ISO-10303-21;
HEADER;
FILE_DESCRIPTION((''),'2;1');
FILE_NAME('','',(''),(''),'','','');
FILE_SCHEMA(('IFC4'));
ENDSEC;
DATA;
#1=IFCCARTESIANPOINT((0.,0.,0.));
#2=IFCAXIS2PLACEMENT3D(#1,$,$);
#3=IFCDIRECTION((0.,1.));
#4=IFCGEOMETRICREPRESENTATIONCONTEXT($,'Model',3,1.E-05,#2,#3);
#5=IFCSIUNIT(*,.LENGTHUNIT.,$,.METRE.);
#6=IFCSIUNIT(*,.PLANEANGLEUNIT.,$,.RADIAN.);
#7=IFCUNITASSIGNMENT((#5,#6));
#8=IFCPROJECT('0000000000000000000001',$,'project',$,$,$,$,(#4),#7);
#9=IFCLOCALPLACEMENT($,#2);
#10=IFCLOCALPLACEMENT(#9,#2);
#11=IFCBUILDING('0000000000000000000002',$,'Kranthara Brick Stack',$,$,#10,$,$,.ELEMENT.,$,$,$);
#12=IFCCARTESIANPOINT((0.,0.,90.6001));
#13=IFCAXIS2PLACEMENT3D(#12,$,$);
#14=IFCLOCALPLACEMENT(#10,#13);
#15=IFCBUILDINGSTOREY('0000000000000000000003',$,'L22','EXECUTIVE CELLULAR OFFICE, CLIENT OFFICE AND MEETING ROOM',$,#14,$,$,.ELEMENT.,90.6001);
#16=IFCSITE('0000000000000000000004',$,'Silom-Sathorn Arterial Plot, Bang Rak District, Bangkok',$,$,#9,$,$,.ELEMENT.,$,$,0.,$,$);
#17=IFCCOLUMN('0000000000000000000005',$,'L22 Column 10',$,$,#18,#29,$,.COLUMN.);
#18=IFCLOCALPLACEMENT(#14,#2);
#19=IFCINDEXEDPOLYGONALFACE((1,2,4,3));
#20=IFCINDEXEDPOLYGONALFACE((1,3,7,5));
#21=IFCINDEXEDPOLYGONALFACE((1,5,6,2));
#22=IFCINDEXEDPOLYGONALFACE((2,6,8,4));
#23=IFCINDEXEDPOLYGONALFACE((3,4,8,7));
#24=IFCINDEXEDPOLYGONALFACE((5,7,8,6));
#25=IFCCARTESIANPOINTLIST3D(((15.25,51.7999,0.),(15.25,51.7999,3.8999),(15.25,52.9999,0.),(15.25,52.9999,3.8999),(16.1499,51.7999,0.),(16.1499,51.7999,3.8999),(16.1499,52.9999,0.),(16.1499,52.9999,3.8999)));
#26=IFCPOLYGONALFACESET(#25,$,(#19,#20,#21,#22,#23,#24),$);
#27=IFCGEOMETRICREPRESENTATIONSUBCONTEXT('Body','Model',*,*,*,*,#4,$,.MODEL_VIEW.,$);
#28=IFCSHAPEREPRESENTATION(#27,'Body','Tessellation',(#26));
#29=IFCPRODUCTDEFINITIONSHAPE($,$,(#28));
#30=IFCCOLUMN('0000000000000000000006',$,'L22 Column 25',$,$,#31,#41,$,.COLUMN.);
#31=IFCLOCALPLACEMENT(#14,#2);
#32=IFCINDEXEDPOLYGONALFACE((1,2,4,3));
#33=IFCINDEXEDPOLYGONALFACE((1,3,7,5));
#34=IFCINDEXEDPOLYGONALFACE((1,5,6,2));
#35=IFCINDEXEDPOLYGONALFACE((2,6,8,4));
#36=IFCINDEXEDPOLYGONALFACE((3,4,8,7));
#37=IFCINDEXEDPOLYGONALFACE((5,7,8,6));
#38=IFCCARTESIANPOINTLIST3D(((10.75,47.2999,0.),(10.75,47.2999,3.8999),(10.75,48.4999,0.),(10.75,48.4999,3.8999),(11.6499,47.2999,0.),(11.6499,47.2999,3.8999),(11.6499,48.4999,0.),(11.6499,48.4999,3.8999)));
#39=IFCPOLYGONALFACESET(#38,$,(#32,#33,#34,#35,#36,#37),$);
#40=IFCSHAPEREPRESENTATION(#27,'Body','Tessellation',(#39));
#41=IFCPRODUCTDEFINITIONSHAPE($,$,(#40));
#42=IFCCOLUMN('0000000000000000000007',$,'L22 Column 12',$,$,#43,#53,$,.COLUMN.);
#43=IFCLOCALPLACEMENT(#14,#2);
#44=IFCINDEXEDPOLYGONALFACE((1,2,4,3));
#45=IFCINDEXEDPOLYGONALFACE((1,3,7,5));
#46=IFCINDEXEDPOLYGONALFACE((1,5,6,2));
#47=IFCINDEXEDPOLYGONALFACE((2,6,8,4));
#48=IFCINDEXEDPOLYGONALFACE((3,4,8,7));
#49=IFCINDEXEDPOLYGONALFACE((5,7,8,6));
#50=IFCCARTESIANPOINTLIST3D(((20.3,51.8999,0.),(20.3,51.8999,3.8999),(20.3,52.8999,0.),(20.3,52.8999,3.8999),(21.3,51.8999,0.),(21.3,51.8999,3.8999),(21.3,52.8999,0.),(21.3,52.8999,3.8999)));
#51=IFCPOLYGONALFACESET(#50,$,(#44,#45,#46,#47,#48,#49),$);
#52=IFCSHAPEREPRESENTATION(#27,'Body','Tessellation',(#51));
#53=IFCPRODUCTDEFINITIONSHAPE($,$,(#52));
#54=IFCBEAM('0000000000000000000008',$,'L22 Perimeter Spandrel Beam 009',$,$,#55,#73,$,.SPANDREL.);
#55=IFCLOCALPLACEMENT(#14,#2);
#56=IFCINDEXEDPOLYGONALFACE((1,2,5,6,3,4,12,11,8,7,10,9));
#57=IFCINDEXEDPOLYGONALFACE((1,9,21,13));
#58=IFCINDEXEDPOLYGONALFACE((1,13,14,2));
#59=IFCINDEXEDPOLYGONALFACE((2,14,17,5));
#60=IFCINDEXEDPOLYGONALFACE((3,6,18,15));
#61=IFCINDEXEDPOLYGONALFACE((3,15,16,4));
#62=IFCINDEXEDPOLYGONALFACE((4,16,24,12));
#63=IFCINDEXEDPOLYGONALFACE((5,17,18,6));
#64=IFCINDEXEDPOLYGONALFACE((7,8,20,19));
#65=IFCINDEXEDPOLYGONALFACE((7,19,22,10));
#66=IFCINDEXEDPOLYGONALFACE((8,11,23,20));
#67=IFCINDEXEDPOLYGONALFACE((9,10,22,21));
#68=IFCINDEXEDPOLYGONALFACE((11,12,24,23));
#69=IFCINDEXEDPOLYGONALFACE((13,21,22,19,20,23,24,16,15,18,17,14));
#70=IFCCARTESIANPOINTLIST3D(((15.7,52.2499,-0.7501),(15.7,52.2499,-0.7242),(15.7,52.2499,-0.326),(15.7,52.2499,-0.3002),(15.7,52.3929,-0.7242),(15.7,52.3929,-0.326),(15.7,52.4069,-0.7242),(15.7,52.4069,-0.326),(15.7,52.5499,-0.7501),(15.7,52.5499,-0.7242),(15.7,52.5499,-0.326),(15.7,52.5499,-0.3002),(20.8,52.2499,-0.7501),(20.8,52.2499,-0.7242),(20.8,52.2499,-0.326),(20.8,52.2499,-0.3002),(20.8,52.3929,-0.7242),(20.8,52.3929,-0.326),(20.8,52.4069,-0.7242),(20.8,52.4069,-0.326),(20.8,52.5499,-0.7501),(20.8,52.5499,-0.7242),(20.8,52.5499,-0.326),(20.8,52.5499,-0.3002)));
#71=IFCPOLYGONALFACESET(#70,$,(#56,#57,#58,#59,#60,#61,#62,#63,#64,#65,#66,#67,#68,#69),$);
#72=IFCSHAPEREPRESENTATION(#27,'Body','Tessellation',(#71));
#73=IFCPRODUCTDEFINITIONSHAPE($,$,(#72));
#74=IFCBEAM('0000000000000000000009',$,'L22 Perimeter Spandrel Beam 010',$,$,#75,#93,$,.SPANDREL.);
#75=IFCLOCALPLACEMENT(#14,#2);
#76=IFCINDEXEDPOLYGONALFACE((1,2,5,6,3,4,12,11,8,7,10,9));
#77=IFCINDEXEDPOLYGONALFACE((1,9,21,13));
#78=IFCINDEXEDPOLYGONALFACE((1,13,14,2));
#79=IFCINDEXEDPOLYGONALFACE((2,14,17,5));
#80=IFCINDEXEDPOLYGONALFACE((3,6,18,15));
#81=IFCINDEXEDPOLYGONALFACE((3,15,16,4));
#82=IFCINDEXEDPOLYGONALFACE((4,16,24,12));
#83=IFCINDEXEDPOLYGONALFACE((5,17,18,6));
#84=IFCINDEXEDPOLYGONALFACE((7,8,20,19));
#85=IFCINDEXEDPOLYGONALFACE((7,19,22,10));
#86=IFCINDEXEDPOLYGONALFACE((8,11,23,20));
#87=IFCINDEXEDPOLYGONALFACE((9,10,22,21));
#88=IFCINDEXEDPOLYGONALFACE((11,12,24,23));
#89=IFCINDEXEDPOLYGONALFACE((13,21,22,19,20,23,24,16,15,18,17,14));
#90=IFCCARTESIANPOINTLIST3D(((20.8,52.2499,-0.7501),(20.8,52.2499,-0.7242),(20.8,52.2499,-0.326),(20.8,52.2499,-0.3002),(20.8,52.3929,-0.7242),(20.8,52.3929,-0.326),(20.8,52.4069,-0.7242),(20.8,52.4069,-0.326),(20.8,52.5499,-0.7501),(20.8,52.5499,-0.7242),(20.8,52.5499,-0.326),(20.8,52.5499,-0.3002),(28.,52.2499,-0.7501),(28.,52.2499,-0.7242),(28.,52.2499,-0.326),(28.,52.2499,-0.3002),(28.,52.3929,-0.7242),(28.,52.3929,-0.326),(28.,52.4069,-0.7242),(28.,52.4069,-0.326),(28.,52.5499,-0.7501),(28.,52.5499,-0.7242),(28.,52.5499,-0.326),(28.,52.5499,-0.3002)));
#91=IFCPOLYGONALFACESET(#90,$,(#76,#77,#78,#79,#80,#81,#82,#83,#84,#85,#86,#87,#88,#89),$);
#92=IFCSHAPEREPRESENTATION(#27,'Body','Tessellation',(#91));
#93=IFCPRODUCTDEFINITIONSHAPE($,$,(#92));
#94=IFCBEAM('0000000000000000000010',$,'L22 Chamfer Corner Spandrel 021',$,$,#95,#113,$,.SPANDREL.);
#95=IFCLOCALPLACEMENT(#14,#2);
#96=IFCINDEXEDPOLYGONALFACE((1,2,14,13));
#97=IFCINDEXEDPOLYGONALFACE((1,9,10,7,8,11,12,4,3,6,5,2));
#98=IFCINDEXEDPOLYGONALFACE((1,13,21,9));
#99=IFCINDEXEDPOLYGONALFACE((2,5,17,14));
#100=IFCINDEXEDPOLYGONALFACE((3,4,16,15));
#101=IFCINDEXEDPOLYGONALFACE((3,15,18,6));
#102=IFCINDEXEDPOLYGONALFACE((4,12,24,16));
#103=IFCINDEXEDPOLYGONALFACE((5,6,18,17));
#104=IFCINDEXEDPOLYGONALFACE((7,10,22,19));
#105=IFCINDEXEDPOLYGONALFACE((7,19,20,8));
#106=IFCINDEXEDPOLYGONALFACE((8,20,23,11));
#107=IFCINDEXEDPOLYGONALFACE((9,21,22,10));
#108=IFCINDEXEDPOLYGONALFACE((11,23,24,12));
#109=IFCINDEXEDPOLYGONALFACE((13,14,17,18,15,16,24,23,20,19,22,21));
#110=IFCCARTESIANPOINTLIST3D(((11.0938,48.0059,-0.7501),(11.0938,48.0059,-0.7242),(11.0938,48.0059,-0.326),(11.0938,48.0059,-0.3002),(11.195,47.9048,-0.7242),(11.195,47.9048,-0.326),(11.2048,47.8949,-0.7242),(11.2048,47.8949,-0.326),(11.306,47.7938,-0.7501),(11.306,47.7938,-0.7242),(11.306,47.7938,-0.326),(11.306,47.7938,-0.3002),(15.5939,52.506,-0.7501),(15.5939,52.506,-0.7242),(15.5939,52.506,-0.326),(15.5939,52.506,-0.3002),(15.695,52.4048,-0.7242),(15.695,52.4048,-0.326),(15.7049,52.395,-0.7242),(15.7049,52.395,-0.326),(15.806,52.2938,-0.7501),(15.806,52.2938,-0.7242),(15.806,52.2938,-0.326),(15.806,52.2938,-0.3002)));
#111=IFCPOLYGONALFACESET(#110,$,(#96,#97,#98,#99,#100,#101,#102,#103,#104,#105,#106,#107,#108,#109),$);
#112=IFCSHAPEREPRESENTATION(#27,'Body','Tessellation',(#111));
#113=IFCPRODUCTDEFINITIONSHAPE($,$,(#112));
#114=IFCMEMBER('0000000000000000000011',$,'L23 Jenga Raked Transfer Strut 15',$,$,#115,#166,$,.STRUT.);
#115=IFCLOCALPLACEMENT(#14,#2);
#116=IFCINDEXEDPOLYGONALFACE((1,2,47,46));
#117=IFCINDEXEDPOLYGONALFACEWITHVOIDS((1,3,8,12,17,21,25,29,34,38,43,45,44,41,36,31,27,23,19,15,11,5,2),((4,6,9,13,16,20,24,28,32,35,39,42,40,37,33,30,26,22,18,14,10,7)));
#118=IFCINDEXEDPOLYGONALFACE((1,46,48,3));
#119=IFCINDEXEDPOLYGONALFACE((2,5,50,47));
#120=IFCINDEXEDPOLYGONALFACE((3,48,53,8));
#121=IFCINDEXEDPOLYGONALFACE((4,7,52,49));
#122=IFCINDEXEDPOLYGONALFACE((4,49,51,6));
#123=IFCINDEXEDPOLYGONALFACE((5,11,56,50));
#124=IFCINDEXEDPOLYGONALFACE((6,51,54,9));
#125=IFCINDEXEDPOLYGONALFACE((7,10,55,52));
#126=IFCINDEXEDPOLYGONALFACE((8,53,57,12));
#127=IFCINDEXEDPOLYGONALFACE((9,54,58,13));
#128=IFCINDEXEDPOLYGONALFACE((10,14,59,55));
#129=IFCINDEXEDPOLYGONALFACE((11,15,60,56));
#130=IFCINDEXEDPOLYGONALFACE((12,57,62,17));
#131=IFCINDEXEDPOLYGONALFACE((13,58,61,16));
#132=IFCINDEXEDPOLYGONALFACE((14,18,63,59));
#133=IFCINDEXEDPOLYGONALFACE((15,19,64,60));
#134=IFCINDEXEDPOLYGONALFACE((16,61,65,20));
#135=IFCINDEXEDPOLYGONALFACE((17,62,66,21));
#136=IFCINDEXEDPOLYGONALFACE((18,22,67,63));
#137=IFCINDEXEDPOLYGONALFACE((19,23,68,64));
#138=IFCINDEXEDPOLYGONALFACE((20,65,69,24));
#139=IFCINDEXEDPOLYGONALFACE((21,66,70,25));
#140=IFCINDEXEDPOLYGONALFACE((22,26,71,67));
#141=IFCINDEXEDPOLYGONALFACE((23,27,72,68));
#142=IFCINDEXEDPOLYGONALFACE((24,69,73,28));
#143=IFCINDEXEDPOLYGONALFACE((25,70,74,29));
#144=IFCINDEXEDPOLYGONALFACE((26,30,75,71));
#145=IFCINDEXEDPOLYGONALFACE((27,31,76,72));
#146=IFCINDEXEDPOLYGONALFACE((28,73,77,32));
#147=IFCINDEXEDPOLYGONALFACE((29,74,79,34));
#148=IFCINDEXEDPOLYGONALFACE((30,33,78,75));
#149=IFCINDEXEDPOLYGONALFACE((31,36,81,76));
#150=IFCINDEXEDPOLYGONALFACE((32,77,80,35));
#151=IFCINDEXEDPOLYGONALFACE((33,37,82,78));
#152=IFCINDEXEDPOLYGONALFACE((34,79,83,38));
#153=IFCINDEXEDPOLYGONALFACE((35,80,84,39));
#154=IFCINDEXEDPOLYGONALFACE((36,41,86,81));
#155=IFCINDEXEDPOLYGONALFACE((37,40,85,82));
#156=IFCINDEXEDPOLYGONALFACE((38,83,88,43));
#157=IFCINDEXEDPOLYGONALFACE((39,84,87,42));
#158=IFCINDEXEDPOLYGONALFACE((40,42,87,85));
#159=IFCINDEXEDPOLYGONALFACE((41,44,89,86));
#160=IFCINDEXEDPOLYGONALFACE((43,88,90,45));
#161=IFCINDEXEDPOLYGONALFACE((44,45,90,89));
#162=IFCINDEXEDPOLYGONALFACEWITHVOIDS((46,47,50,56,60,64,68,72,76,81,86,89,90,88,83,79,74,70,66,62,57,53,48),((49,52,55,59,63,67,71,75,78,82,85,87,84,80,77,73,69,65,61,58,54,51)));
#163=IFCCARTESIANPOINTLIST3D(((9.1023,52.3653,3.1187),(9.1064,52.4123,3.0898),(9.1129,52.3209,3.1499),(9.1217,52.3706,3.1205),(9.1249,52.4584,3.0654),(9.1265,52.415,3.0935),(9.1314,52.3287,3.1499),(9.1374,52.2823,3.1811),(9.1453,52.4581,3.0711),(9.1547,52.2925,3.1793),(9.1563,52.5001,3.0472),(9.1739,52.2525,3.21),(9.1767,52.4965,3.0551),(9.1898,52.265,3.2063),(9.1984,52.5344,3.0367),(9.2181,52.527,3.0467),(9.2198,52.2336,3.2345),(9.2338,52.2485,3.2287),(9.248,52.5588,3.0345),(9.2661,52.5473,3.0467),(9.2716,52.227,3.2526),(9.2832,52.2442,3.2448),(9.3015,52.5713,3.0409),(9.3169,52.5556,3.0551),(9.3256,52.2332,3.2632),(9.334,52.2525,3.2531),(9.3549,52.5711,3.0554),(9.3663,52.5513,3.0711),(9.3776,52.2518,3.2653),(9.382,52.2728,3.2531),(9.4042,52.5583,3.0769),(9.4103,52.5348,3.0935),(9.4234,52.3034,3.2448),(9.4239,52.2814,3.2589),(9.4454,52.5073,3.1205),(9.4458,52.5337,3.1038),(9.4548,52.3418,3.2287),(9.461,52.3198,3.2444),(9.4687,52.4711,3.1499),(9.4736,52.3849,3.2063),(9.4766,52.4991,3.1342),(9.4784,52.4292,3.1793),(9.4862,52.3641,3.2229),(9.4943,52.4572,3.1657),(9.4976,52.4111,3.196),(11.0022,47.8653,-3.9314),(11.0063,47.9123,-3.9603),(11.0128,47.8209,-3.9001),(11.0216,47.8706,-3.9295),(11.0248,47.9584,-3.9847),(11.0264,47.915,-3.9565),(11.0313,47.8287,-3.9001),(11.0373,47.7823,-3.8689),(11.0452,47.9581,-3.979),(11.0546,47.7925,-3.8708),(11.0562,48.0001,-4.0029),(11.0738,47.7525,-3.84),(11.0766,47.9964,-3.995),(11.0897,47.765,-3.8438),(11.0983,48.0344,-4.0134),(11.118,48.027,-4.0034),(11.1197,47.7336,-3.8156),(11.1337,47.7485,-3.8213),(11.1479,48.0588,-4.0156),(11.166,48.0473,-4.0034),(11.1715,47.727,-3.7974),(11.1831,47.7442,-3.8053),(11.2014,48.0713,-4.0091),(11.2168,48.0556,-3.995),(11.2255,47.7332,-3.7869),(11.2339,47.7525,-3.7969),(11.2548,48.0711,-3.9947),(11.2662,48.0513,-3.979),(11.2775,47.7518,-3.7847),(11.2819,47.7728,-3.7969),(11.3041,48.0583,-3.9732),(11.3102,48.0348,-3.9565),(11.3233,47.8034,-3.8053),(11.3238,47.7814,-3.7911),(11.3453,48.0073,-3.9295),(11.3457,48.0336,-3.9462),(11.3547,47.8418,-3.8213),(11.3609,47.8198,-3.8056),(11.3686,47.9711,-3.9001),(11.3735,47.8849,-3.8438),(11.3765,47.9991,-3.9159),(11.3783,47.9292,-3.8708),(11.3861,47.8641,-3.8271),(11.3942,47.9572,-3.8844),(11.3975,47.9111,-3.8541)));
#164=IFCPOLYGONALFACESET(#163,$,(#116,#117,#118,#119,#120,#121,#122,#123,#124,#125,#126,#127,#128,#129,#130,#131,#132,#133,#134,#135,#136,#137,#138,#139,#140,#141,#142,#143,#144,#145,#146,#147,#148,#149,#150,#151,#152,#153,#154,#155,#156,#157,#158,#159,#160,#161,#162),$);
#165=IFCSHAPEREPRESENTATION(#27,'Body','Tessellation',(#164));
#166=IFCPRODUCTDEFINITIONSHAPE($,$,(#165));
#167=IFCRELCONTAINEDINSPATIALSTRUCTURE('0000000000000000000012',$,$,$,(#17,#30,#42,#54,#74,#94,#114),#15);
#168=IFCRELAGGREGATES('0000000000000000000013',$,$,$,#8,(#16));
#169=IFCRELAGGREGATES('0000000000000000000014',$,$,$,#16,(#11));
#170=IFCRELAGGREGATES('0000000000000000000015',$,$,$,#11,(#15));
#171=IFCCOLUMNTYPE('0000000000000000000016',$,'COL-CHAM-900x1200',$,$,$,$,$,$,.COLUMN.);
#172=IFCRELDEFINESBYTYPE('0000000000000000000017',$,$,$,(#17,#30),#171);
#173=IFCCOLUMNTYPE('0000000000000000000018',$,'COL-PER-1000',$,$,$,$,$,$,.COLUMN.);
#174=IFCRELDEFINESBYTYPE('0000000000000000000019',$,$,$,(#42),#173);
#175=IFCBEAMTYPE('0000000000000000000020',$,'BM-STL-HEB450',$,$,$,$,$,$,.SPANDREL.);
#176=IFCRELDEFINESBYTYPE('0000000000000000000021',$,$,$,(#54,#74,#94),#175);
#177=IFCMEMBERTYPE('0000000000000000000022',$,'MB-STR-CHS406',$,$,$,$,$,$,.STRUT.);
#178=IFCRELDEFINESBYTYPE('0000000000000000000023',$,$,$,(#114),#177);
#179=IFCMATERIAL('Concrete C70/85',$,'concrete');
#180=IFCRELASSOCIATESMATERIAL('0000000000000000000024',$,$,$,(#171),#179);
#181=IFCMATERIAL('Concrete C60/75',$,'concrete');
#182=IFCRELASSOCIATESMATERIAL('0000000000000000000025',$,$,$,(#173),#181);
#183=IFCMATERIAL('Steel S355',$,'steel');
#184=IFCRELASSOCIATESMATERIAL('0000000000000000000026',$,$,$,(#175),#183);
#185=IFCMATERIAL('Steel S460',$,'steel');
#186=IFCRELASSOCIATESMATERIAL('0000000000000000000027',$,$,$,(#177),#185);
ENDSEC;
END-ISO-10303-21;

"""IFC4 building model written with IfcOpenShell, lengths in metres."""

from ifc_helpers import new_model, si_unit, direction, frame, origin, origin_2d, place, context, subcontext, project, spatial, rectangle, hollow_circle, i_section, extrude, material, material_profile, profile_set, type_object, element, save


model = new_model("IFC4")

# Units and contexts
model_context = context("Model", 3, precision=1e-05, world=origin(), true_north=direction((0.0, 1.0)))
body_context = subcontext(model_context, "Body", "Model", "MODEL_VIEW")
ifc_project = project(units=[si_unit("LENGTHUNIT", "METRE"), si_unit("PLANEANGLEUNIT", "RADIAN")], contexts=[model_context])

# Site, building, storey
site_placement = place(None, origin())
site = spatial("IfcSite", under=ifc_project, at=site_placement, Name="Silom-Sathorn Arterial Plot, Bang Rak District, Bangkok", CompositionType="ELEMENT", RefElevation=0.0)
building_placement = place(site_placement, origin())
building = spatial("IfcBuilding", under=site, at=building_placement, Name="Kranthara Brick Stack", CompositionType="ELEMENT")
storey_placement = place(building_placement, frame((0.0, 0.0, 90.6001)))
storey = spatial("IfcBuildingStorey", under=building, at=storey_placement, Name="L22", Description="EXECUTIVE CELLULAR OFFICE, CLIENT OFFICE AND MEETING ROOM", CompositionType="ELEMENT", Elevation=90.6001)

# Columns
ifc_material_1 = material(Name="Concrete C70/85", Category="concrete")
ifc_material_profile_1 = material_profile(ifc_material_1, rectangle(XDim=0.8999, YDim=1.2, at=origin_2d()), Name="RC 900x1200")
ifc_profile_set_1 = profile_set([ifc_material_profile_1], Name="Concrete C70/85")
column_type_1 = type_object("IfcColumnType", Name="COL-CHAM-900x1200", PredefinedType="COLUMN", material=ifc_profile_set_1)
for number, where, z_axis, x_axis, name in (
    (1, (15.7, 52.3999, 0.0), (0.0, 0.0, 1.0), (1.0, 0.0, 0.0), "L22 Column 10"),
    (2, (11.2, 47.8999, 0.0), (0.0, 0.0, 1.0), (1.0, 0.0, 0.0), "L22 Column 25"),
):
    element("IfcColumn", number, at=place(storey_placement, frame(where, z_axis=z_axis, x_axis=x_axis)), inside=storey, type_object=column_type_1, Name=name, PredefinedType="COLUMN", context=body_context, shape_type="SweptSolid", body=[
        extrude(rectangle(XDim=0.8999, YDim=1.2, at=origin_2d()), origin(), (0.0, 0.0, 1.0), 3.8999),
    ])
ifc_material_2 = material(Name="Concrete C60/75", Category="concrete")
ifc_material_profile_2 = material_profile(ifc_material_2, rectangle(XDim=1.0, YDim=1.0, at=origin_2d()), Name="RC 1000x1000")
ifc_profile_set_2 = profile_set([ifc_material_profile_2], Name="Concrete C60/75")
column_type_2 = type_object("IfcColumnType", Name="COL-PER-1000", PredefinedType="COLUMN", material=ifc_profile_set_2)
column_placement = place(storey_placement, frame((20.8, 52.3999, 0.0), z_axis=(0.0, 0.0, 1.0), x_axis=(1.0, 0.0, 0.0)))
element("IfcColumn", 3, at=column_placement, inside=storey, type_object=column_type_2, Name="L22 Column 12", PredefinedType="COLUMN", context=body_context, shape_type="SweptSolid", body=[
    extrude(rectangle(XDim=1.0, YDim=1.0, at=origin_2d()), origin(), (0.0, 0.0, 1.0), 3.8999),
])

# Beams
ifc_material_3 = material(Name="Steel S355", Category="steel")
ifc_material_profile_3 = material_profile(ifc_material_3, i_section(OverallWidth=0.3, OverallDepth=0.45, WebThickness=0.0139, FlangeThickness=0.0259, at=origin_2d()), Name="HEB 450")
ifc_profile_set_3 = profile_set([ifc_material_profile_3], Name="Steel S355")
beam_type = type_object("IfcBeamType", Name="BM-STL-HEB450", PredefinedType="SPANDREL", material=ifc_profile_set_3)
beam_1_placement = place(storey_placement, frame((15.7, 52.3999, -0.5251), z_axis=(1.0, 0.0, 0.0), x_axis=(0.0, 1.0, 0.0)))
element("IfcBeam", 4, at=beam_1_placement, inside=storey, type_object=beam_type, Name="L22 Perimeter Spandrel Beam 009", PredefinedType="SPANDREL", context=body_context, shape_type="SweptSolid", body=[
    extrude(i_section(OverallWidth=0.3, OverallDepth=0.45, WebThickness=0.0139, FlangeThickness=0.0259, at=origin_2d()), origin(), (0.0, 0.0, 1.0), 5.1001),
])
beam_2_placement = place(storey_placement, frame((20.8, 52.3999, -0.5251), z_axis=(1.0, 0.0, 0.0), x_axis=(0.0, 1.0, 0.0)))
element("IfcBeam", 5, at=beam_2_placement, inside=storey, type_object=beam_type, Name="L22 Perimeter Spandrel Beam 010", PredefinedType="SPANDREL", context=body_context, shape_type="SweptSolid", body=[
    extrude(i_section(OverallWidth=0.3, OverallDepth=0.45, WebThickness=0.0139, FlangeThickness=0.0259, at=origin_2d()), origin(), (0.0, 0.0, 1.0), 7.2),
])
beam_3_placement = place(storey_placement, frame((15.7, 52.3999, -0.5251), z_axis=(-0.707107, -0.707107, 0.0), x_axis=(0.707107, -0.707107, 0.0)))
element("IfcBeam", 6, at=beam_3_placement, inside=storey, type_object=beam_type, Name="L22 Chamfer Corner Spandrel 021", PredefinedType="SPANDREL", context=body_context, shape_type="SweptSolid", body=[
    extrude(i_section(OverallWidth=0.3, OverallDepth=0.45, WebThickness=0.0139, FlangeThickness=0.0259, at=origin_2d()), origin(), (0.0, 0.0, 1.0), 6.364),
])

# Member
ifc_material_4 = material(Name="Steel S460", Category="steel")
ifc_material_profile_4 = material_profile(ifc_material_4, hollow_circle(Radius=0.2031, WallThickness=0.02, at=origin_2d()), Name="CHS 406.4x20")
ifc_profile_set_4 = profile_set([ifc_material_profile_4], Name="Steel S460")
member_type = type_object("IfcMemberType", Name="MB-STR-CHS406", PredefinedType="STRUT", material=ifc_profile_set_4)
member_1_placement = place(storey_placement, frame((11.2, 47.8999, -3.9001), z_axis=(-0.221514, 0.524667, 0.821983), x_axis=(-0.921257, -0.388955, 0.0)))
element("IfcMember", 7, at=member_1_placement, inside=storey, type_object=member_type, Name="L23 Jenga Raked Transfer Strut 15", PredefinedType="STRUT", context=body_context, shape_type="SweptSolid", body=[
    extrude(hollow_circle(Radius=0.2031, WallThickness=0.02, at=origin_2d()), origin(), (0.0, 0.0, 1.0), 8.5769),
])

save(model, "model.ifc")
